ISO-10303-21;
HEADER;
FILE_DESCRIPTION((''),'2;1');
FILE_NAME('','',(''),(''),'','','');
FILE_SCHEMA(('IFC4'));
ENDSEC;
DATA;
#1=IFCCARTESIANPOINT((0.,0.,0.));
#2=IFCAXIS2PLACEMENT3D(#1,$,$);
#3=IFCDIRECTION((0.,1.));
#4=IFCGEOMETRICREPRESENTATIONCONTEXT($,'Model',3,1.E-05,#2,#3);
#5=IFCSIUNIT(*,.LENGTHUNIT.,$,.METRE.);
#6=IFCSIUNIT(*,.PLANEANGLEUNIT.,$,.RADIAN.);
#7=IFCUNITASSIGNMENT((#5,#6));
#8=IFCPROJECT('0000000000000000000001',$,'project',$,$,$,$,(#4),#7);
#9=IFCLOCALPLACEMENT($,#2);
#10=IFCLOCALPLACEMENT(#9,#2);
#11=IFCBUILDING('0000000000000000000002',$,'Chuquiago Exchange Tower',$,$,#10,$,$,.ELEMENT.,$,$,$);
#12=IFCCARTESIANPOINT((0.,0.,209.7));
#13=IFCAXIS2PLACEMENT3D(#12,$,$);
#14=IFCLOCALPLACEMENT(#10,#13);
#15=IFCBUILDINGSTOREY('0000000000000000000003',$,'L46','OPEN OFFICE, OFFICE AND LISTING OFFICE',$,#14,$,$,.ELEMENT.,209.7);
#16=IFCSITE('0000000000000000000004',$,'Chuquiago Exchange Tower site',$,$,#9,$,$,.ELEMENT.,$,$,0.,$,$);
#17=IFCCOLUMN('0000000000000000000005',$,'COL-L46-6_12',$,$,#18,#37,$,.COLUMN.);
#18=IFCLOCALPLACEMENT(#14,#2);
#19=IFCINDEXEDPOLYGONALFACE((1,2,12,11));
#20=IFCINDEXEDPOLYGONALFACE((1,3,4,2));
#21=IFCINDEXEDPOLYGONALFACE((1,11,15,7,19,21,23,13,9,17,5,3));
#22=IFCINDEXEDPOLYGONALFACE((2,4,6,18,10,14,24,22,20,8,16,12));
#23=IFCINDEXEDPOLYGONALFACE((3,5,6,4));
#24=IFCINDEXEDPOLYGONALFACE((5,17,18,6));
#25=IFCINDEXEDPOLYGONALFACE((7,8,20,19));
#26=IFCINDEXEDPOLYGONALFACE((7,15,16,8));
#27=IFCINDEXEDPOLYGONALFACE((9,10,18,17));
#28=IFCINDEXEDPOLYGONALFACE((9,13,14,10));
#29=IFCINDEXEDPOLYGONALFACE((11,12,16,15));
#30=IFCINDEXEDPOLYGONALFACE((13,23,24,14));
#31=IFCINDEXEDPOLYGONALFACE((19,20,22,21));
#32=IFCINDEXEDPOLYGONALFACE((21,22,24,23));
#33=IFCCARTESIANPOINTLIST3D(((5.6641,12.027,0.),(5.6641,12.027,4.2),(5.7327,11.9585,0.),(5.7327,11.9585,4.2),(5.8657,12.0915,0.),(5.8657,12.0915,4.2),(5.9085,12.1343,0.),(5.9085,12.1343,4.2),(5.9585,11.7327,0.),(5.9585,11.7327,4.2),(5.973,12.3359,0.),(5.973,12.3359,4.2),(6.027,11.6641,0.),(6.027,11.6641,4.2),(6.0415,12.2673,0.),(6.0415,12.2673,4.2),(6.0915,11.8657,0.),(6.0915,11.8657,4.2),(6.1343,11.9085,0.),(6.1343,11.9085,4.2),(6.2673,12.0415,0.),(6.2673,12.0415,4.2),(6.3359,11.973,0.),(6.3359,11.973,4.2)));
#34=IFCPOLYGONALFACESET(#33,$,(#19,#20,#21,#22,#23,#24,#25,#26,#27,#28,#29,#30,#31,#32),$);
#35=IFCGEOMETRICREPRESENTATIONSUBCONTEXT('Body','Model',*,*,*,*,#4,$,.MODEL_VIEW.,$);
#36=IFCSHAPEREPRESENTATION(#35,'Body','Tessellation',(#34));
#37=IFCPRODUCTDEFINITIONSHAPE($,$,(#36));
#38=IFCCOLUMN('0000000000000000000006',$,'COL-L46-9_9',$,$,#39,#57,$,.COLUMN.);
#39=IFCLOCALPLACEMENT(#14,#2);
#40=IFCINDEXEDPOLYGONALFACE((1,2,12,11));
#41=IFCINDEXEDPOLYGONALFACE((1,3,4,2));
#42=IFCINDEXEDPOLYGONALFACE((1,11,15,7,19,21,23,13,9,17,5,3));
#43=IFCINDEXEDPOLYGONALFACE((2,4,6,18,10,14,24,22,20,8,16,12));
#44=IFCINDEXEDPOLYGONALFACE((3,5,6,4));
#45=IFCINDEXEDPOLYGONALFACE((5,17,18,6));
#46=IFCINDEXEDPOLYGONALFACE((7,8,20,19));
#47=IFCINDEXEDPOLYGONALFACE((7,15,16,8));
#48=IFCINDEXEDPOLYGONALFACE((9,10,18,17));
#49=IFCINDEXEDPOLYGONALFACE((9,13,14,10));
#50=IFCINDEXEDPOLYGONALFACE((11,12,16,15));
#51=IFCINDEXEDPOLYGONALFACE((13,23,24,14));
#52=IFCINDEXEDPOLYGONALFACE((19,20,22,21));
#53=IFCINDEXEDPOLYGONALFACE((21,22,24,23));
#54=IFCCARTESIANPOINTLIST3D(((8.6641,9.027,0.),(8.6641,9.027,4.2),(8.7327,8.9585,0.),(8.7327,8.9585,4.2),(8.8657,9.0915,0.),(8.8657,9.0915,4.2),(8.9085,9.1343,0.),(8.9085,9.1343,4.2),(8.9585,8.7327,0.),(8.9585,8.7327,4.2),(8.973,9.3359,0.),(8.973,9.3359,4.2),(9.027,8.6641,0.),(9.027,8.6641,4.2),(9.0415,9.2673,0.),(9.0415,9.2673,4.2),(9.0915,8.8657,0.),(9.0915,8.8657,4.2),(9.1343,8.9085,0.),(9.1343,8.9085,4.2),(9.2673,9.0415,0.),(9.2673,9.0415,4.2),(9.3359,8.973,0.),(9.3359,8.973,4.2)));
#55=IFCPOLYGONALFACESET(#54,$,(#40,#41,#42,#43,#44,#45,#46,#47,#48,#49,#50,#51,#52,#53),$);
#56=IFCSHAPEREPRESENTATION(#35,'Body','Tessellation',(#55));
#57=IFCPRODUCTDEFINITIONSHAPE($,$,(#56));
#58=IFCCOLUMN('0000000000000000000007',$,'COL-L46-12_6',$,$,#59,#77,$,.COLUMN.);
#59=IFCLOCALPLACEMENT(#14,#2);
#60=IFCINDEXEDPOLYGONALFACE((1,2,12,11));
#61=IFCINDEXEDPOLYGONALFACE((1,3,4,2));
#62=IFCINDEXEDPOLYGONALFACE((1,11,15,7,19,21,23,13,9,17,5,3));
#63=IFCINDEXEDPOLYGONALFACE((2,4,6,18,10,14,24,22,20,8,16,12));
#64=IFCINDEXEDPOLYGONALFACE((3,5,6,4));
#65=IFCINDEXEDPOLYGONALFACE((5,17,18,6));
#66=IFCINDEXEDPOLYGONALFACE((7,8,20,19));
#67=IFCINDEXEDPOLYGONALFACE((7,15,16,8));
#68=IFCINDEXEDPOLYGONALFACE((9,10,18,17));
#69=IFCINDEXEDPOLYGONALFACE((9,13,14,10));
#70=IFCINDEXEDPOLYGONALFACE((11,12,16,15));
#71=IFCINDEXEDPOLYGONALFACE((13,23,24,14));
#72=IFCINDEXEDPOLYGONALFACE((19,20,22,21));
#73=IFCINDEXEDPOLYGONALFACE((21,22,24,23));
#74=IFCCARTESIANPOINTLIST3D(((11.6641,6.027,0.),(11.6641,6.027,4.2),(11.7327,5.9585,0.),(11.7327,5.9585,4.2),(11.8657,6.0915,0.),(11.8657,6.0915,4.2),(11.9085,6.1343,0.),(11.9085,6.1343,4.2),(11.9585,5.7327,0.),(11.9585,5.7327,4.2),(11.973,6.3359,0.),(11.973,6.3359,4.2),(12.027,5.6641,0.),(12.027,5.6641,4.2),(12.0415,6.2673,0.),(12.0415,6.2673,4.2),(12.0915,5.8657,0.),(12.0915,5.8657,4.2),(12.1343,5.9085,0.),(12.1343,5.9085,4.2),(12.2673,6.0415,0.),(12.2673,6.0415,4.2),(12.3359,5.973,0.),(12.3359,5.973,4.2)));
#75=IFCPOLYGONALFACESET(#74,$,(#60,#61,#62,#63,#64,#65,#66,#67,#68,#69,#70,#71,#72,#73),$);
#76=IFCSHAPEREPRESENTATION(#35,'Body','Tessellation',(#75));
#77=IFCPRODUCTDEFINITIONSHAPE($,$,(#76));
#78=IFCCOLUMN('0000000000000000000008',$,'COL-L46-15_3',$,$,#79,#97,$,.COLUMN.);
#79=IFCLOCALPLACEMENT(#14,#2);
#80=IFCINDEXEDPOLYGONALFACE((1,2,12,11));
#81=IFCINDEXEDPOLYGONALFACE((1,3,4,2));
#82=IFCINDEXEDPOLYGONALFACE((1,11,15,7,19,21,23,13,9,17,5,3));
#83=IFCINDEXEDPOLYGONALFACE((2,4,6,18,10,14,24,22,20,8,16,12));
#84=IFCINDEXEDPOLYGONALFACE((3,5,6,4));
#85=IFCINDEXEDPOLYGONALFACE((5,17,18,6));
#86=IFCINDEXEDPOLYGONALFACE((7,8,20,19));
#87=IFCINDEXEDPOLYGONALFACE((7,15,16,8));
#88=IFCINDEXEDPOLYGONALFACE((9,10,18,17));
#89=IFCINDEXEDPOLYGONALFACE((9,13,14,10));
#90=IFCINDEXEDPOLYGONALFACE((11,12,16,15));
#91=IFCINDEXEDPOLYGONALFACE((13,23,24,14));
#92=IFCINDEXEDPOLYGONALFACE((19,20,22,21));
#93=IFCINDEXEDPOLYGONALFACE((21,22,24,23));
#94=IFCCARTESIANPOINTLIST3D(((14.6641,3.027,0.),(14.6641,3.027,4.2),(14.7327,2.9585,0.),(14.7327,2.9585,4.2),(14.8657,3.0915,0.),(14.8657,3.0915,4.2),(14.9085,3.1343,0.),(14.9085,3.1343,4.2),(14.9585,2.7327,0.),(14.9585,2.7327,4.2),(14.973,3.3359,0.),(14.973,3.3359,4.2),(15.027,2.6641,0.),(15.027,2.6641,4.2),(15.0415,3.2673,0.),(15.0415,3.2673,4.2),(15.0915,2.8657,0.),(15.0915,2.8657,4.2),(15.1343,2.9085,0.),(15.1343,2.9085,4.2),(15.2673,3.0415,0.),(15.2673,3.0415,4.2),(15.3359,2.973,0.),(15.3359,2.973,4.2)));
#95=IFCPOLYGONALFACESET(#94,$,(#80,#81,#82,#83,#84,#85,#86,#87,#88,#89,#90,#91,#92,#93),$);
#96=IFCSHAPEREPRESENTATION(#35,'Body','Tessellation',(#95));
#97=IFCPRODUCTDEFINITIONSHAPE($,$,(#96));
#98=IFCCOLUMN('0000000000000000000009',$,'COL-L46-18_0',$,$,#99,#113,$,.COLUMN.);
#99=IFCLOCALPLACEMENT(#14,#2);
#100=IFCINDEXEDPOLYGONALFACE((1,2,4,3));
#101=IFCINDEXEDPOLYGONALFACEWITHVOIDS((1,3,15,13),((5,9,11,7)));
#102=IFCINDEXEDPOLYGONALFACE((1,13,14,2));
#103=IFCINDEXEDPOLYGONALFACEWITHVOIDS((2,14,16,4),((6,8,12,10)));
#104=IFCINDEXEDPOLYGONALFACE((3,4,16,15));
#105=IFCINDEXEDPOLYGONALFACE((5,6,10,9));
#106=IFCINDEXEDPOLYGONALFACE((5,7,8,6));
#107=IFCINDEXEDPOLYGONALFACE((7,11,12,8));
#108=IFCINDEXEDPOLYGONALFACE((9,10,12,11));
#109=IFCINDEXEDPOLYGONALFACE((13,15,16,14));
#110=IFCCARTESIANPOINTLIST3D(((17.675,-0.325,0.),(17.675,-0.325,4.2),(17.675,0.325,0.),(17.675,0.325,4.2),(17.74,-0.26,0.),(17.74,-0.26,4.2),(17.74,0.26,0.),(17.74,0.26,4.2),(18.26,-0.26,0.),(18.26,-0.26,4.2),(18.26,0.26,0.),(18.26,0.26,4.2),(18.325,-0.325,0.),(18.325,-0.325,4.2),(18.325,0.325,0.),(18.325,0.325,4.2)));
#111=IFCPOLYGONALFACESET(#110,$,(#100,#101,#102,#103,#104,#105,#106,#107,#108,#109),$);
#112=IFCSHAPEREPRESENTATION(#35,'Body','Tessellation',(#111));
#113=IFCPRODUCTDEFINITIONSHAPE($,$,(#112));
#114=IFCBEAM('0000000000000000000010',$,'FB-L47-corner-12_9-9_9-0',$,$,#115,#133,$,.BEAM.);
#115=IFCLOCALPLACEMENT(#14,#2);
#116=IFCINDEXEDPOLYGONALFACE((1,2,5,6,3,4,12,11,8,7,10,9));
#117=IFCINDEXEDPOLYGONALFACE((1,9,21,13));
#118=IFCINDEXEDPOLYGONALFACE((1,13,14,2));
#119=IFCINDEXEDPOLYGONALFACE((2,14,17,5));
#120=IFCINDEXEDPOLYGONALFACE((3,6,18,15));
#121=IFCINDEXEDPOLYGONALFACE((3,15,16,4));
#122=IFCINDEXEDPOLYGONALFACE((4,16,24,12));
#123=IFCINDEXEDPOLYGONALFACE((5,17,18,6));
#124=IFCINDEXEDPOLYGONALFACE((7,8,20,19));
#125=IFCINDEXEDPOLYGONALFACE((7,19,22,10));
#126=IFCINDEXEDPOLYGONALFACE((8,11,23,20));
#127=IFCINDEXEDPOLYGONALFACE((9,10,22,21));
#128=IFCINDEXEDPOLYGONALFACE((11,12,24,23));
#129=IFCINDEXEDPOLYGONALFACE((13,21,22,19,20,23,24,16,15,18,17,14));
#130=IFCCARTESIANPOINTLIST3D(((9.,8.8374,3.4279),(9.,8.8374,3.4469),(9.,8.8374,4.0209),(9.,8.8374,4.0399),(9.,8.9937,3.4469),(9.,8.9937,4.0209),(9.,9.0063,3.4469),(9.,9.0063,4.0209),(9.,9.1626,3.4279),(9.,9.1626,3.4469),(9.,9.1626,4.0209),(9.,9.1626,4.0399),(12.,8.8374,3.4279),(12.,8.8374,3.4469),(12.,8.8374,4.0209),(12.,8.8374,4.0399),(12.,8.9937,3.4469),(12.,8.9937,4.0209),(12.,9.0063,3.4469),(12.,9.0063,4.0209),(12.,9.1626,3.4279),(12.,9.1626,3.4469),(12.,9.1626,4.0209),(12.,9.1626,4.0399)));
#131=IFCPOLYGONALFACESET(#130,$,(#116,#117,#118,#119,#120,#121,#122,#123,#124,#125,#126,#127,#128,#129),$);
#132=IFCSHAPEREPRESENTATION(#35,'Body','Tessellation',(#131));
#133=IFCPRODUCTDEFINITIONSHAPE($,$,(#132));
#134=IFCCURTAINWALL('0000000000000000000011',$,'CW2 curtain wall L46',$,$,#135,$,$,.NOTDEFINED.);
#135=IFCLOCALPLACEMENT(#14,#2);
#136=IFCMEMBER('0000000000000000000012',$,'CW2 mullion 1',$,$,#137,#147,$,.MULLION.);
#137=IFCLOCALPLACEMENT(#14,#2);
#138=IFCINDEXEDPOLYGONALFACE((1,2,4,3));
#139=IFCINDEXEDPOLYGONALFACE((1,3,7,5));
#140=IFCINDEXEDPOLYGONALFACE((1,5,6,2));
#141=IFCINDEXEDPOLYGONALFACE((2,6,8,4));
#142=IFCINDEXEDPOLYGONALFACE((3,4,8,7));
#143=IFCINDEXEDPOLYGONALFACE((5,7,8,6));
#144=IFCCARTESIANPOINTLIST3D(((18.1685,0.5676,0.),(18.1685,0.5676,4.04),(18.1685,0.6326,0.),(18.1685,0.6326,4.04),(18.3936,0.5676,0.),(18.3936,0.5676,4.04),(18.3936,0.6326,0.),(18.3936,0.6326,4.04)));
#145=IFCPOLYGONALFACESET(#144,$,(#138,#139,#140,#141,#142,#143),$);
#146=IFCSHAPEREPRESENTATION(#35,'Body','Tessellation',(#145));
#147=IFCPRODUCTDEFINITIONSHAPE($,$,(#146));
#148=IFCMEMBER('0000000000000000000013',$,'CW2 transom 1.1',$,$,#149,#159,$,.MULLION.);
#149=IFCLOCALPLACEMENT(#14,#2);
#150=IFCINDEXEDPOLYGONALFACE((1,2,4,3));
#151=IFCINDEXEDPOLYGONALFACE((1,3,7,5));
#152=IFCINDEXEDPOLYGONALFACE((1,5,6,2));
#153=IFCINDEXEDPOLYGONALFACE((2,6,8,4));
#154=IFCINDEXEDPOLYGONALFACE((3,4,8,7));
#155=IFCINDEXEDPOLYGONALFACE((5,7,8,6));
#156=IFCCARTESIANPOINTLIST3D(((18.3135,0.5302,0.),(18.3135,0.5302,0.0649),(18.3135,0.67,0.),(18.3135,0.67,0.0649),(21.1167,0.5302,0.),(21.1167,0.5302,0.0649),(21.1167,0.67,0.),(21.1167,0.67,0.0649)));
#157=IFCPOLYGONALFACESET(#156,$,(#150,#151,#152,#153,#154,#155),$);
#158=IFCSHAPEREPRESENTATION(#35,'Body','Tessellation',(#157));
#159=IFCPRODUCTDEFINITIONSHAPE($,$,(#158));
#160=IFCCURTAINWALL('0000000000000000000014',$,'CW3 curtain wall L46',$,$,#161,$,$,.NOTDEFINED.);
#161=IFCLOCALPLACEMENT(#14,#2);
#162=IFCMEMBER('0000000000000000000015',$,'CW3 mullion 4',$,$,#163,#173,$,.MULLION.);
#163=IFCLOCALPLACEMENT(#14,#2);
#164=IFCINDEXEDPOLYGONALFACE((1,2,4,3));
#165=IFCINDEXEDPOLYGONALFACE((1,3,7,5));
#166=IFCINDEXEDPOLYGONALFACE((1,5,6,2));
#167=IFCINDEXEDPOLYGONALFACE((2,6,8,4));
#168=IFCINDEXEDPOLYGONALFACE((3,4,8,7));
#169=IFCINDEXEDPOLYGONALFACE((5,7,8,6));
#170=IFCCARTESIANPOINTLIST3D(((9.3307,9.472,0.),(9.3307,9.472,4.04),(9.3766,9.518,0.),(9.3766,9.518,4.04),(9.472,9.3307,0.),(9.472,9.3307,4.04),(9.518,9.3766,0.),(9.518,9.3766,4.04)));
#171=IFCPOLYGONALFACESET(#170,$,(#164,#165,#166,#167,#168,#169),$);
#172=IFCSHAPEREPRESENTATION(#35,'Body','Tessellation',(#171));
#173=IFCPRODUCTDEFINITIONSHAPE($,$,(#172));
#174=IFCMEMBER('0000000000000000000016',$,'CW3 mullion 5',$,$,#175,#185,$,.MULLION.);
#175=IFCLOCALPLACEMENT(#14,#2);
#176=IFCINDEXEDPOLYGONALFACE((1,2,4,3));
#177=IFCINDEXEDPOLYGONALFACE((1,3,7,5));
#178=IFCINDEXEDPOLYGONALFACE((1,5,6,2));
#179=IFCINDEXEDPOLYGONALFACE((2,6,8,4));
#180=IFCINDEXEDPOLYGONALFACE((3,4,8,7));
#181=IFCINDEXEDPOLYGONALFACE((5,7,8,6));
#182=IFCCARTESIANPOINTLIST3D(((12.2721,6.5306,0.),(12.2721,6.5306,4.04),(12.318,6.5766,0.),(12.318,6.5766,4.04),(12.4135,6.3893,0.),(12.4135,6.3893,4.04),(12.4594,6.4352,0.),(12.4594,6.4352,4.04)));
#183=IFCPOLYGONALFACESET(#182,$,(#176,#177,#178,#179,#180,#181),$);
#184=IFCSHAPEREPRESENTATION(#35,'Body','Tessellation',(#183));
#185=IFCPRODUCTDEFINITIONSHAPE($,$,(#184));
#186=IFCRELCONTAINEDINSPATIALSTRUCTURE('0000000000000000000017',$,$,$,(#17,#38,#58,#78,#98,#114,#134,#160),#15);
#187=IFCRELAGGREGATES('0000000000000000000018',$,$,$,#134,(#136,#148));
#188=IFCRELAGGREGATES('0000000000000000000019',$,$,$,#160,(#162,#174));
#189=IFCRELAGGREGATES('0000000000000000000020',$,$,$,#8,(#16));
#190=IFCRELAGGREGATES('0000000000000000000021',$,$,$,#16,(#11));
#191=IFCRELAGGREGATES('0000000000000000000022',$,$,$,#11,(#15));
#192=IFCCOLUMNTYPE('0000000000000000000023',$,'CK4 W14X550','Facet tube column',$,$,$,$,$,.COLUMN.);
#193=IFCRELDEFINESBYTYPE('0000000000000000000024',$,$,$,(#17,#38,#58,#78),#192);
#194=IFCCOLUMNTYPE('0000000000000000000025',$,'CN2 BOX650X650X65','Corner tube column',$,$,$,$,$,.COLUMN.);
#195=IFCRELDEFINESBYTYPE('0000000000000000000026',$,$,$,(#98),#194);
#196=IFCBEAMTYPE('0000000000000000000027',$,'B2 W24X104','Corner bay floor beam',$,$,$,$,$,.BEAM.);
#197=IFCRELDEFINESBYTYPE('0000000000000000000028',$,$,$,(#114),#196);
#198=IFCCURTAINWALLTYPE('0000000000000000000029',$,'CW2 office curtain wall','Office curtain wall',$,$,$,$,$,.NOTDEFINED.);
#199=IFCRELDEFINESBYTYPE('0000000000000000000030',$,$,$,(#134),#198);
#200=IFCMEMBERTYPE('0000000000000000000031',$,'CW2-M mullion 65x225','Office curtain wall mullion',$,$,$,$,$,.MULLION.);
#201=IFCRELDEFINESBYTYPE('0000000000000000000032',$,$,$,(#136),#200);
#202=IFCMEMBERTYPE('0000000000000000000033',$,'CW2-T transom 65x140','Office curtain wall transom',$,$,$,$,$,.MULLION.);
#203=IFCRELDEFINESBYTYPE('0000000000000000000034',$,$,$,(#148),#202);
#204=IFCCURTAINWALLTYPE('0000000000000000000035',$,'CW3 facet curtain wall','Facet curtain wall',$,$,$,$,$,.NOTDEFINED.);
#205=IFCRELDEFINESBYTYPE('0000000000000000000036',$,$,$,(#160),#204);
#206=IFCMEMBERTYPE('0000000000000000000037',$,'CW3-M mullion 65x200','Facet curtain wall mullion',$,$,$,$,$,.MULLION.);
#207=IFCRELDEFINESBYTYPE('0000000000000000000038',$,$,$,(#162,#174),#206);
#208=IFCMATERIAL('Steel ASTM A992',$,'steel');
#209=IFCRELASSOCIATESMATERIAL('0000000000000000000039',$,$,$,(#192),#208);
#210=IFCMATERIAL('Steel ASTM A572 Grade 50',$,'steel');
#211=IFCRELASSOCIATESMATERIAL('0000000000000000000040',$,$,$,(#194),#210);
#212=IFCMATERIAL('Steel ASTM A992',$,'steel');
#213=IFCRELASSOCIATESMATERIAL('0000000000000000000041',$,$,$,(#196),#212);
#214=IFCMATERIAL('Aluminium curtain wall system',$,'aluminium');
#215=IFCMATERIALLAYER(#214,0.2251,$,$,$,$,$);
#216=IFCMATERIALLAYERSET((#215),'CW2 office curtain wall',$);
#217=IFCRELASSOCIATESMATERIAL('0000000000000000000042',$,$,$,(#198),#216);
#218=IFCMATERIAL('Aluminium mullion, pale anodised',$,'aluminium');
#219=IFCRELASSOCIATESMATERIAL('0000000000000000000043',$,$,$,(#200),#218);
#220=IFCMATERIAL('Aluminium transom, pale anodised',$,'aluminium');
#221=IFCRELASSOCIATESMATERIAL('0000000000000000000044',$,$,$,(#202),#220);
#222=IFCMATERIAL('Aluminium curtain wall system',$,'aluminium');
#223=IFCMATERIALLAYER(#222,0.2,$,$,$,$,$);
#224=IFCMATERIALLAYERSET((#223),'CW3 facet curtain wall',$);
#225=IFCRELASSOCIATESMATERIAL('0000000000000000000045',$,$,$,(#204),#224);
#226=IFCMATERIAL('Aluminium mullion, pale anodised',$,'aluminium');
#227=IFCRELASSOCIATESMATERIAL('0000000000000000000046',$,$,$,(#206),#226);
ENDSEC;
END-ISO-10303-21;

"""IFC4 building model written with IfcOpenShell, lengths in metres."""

from ifc_helpers import new_model, si_unit, direction, frame, origin, origin_2d, place, context, subcontext, project, spatial, rectangle, hollow_rectangle, i_section, extrude, material, layer, layer_set, material_profile, profile_set, type_object, element, aggregate, save


model = new_model("IFC4")

# Units and contexts
model_context = context("Model", 3, precision=1e-05, world=origin(), true_north=direction((0.0, 1.0)))
body_context = subcontext(model_context, "Body", "Model", "MODEL_VIEW")
ifc_project = project(units=[si_unit("LENGTHUNIT", "METRE"), si_unit("PLANEANGLEUNIT", "RADIAN")], contexts=[model_context])

# Site, building, storey
site_placement = place(None, origin())
site = spatial("IfcSite", under=ifc_project, at=site_placement, Name="Chuquiago Exchange Tower site", CompositionType="ELEMENT", RefElevation=0.0)
building_placement = place(site_placement, origin())
building = spatial("IfcBuilding", under=site, at=building_placement, Name="Chuquiago Exchange Tower", CompositionType="ELEMENT")
storey_placement = place(building_placement, frame((0.0, 0.0, 209.7)))
storey = spatial("IfcBuildingStorey", under=building, at=storey_placement, Name="L46", Description="OPEN OFFICE, OFFICE AND LISTING OFFICE", CompositionType="ELEMENT", Elevation=209.7)

# Columns
ifc_material_1 = material(Name="Steel ASTM A992", Category="steel")
ifc_material_profile_1 = material_profile(ifc_material_1, i_section(OverallWidth=0.4368, OverallDepth=0.5132, WebThickness=0.0605, FlangeThickness=0.0969, at=origin_2d()), Name="W14X550")
ifc_profile_set_1 = profile_set([ifc_material_profile_1], Name="Steel ASTM A992")
column_type_1 = type_object("IfcColumnType", Name="CK4 W14X550", Description="Facet tube column", PredefinedType="COLUMN", material=ifc_profile_set_1)
for number, where, z_axis, x_axis, name in (
    (1, (6.0, 12.0, 0.0), (0.0, 0.0, 1.0), (-0.707107, -0.707107, 0.0), "COL-L46-6_12"),
    (2, (9.0, 9.0, 0.0), (0.0, 0.0, 1.0), (-0.707107, -0.707107, 0.0), "COL-L46-9_9"),
    (3, (12.0, 6.0, 0.0), (0.0, 0.0, 1.0), (-0.707107, -0.707107, 0.0), "COL-L46-12_6"),
    (4, (15.0, 3.0, 0.0), (0.0, 0.0, 1.0), (-0.707107, -0.707107, 0.0), "COL-L46-15_3"),
):
    element("IfcColumn", number, at=place(storey_placement, frame(where, z_axis=z_axis, x_axis=x_axis)), inside=storey, type_object=column_type_1, Name=name, PredefinedType="COLUMN", context=body_context, shape_type="SweptSolid", body=[
        extrude(i_section(OverallWidth=0.4368, OverallDepth=0.5132, WebThickness=0.0605, FlangeThickness=0.0969, at=origin_2d()), origin(), (0.0, 0.0, 1.0), 4.2),
    ])
ifc_material_2 = material(Name="Steel ASTM A572 Grade 50", Category="steel")
ifc_material_profile_2 = material_profile(ifc_material_2, hollow_rectangle(XDim=0.6499, YDim=0.6499, WallThickness=0.0649, at=origin_2d()), Name="BOX650X650X65")
ifc_profile_set_2 = profile_set([ifc_material_profile_2], Name="Steel ASTM A572 Grade 50")
column_type_2 = type_object("IfcColumnType", Name="CN2 BOX650X650X65", Description="Corner tube column", PredefinedType="COLUMN", material=ifc_profile_set_2)
column_placement = place(storey_placement, frame((18.0, 0.0, 0.0), z_axis=(0.0, 0.0, 1.0), x_axis=(0.0, -1.0, 0.0)))
element("IfcColumn", 5, at=column_placement, inside=storey, type_object=column_type_2, Name="COL-L46-18_0", PredefinedType="COLUMN", context=body_context, shape_type="SweptSolid", body=[
    extrude(hollow_rectangle(XDim=0.6499, YDim=0.6499, WallThickness=0.0649, at=origin_2d()), origin(), (0.0, 0.0, 1.0), 4.2),
])

# Beam
ifc_material_3 = material(Name="Steel ASTM A992", Category="steel")
ifc_material_profile_3 = material_profile(ifc_material_3, i_section(OverallWidth=0.3252, OverallDepth=0.6121, WebThickness=0.0127, FlangeThickness=0.019, at=origin_2d()), Name="W24X104")
ifc_profile_set_3 = profile_set([ifc_material_profile_3], Name="Steel ASTM A992")
beam_type_1 = type_object("IfcBeamType", Name="B2 W24X104", Description="Corner bay floor beam", PredefinedType="BEAM", material=ifc_profile_set_3)
beam_1_placement = place(storey_placement, frame((12.0, 9.0, 3.7339), z_axis=(-1.0, 0.0, 0.0), x_axis=(0.0, -1.0, 0.0)))
element("IfcBeam", 6, at=beam_1_placement, inside=storey, type_object=beam_type_1, Name="FB-L47-corner-12_9-9_9-0", PredefinedType="BEAM", context=body_context, shape_type="SweptSolid", body=[
    extrude(i_section(OverallWidth=0.3252, OverallDepth=0.6121, WebThickness=0.0127, FlangeThickness=0.019, at=origin_2d()), origin(), (0.0, 0.0, 1.0), 3.0),
])

# Curtain walls, members
ifc_material_4 = material(Name="Aluminium curtain wall system", Category="aluminium")
ifc_layer_1 = layer(ifc_material_4, 0.2251)
ifc_layer_set_1 = layer_set([ifc_layer_1], Name="CW2 office curtain wall")
curtain_wall_type_1 = type_object("IfcCurtainWallType", Name="CW2 office curtain wall", Description="Office curtain wall", PredefinedType="NOTDEFINED", material=ifc_layer_set_1)
curtain_wall_1_placement = place(storey_placement, origin())
curtain_wall_1 = element("IfcCurtainWall", 7, at=curtain_wall_1_placement, inside=storey, type_object=curtain_wall_type_1, Name="CW2 curtain wall L46", PredefinedType="NOTDEFINED")
ifc_material_5 = material(Name="Aluminium mullion, pale anodised", Category="aluminium")
ifc_material_profile_4 = material_profile(ifc_material_5, rectangle(XDim=0.0649, YDim=0.2251, at=origin_2d()), Name="AL 65x225")
ifc_profile_set_4 = profile_set([ifc_material_profile_4], Name="Aluminium mullion, pale anodised")
member_type_1 = type_object("IfcMemberType", Name="CW2-M mullion 65x225", Description="Office curtain wall mullion", PredefinedType="MULLION", material=ifc_profile_set_4)
member_1_placement = place(storey_placement, frame((18.281, 0.6001, 0.0), z_axis=(0.0, 0.0, 1.0), x_axis=(0.0, 1.0, 0.0)))
member_1 = element("IfcMember", 8, at=member_1_placement, type_object=member_type_1, Name="CW2 mullion 1", PredefinedType="MULLION", context=body_context, shape_type="SweptSolid", body=[
    extrude(rectangle(XDim=0.0649, YDim=0.2251, at=origin_2d()), origin(), (0.0, 0.0, 1.0), 4.04),
])
ifc_material_6 = material(Name="Aluminium transom, pale anodised", Category="aluminium")
ifc_material_profile_5 = material_profile(ifc_material_6, rectangle(XDim=0.1399, YDim=0.0649, at=origin_2d()), Name="AL 140x65")
ifc_profile_set_5 = profile_set([ifc_material_profile_5], Name="Aluminium transom, pale anodised")
member_type_2 = type_object("IfcMemberType", Name="CW2-T transom 65x140", Description="Office curtain wall transom", PredefinedType="MULLION", material=ifc_profile_set_5)
member_2_placement = place(storey_placement, frame((18.3135, 0.6001, 0.0325), z_axis=(1.0, 0.0, 0.0), x_axis=(0.0, 1.0, 0.0)))
member_2 = element("IfcMember", 9, at=member_2_placement, type_object=member_type_2, Name="CW2 transom 1.1", PredefinedType="MULLION", context=body_context, shape_type="SweptSolid", body=[
    extrude(rectangle(XDim=0.1399, YDim=0.0649, at=origin_2d()), origin(), (0.0, 0.0, 1.0), 2.8032),
])
aggregate(curtain_wall_1, [member_1, member_2])
ifc_material_7 = material(Name="Aluminium curtain wall system", Category="aluminium")
ifc_layer_2 = layer(ifc_material_7, 0.2)
ifc_layer_set_2 = layer_set([ifc_layer_2], Name="CW3 facet curtain wall")
curtain_wall_type_2 = type_object("IfcCurtainWallType", Name="CW3 facet curtain wall", Description="Facet curtain wall", PredefinedType="NOTDEFINED", material=ifc_layer_set_2)
curtain_wall_2_placement = place(storey_placement, origin())
curtain_wall_2 = element("IfcCurtainWall", 10, at=curtain_wall_2_placement, inside=storey, type_object=curtain_wall_type_2, Name="CW3 curtain wall L46", PredefinedType="NOTDEFINED")
ifc_material_8 = material(Name="Aluminium mullion, pale anodised", Category="aluminium")
ifc_material_profile_6 = material_profile(ifc_material_8, rectangle(XDim=0.0649, YDim=0.2, at=origin_2d()), Name="AL 65x200")
ifc_profile_set_6 = profile_set([ifc_material_profile_6], Name="Aluminium mullion, pale anodised")
member_type_3 = type_object("IfcMemberType", Name="CW3-M mullion 65x200", Description="Facet curtain wall mullion", PredefinedType="MULLION", material=ifc_profile_set_6)
member_3_placement = place(storey_placement, frame((9.4243, 9.4243, 0.0), z_axis=(0.0, 0.0, 1.0), x_axis=(0.707107, 0.707107, 0.0)))
member_3 = element("IfcMember", 11, at=member_3_placement, type_object=member_type_3, Name="CW3 mullion 4", PredefinedType="MULLION", context=body_context, shape_type="SweptSolid", body=[
    extrude(rectangle(XDim=0.0649, YDim=0.2, at=origin_2d()), origin(), (0.0, 0.0, 1.0), 4.04),
])
member_4_placement = place(storey_placement, frame((12.3657, 6.4829, 0.0), z_axis=(0.0, 0.0, 1.0), x_axis=(0.707107, 0.707107, 0.0)))
member_4 = element("IfcMember", 12, at=member_4_placement, type_object=member_type_3, Name="CW3 mullion 5", PredefinedType="MULLION", context=body_context, shape_type="SweptSolid", body=[
    extrude(rectangle(XDim=0.0649, YDim=0.2, at=origin_2d()), origin(), (0.0, 0.0, 1.0), 4.04),
])

aggregate(curtain_wall_2, [member_3, member_4])

save(model, "model.ifc")
